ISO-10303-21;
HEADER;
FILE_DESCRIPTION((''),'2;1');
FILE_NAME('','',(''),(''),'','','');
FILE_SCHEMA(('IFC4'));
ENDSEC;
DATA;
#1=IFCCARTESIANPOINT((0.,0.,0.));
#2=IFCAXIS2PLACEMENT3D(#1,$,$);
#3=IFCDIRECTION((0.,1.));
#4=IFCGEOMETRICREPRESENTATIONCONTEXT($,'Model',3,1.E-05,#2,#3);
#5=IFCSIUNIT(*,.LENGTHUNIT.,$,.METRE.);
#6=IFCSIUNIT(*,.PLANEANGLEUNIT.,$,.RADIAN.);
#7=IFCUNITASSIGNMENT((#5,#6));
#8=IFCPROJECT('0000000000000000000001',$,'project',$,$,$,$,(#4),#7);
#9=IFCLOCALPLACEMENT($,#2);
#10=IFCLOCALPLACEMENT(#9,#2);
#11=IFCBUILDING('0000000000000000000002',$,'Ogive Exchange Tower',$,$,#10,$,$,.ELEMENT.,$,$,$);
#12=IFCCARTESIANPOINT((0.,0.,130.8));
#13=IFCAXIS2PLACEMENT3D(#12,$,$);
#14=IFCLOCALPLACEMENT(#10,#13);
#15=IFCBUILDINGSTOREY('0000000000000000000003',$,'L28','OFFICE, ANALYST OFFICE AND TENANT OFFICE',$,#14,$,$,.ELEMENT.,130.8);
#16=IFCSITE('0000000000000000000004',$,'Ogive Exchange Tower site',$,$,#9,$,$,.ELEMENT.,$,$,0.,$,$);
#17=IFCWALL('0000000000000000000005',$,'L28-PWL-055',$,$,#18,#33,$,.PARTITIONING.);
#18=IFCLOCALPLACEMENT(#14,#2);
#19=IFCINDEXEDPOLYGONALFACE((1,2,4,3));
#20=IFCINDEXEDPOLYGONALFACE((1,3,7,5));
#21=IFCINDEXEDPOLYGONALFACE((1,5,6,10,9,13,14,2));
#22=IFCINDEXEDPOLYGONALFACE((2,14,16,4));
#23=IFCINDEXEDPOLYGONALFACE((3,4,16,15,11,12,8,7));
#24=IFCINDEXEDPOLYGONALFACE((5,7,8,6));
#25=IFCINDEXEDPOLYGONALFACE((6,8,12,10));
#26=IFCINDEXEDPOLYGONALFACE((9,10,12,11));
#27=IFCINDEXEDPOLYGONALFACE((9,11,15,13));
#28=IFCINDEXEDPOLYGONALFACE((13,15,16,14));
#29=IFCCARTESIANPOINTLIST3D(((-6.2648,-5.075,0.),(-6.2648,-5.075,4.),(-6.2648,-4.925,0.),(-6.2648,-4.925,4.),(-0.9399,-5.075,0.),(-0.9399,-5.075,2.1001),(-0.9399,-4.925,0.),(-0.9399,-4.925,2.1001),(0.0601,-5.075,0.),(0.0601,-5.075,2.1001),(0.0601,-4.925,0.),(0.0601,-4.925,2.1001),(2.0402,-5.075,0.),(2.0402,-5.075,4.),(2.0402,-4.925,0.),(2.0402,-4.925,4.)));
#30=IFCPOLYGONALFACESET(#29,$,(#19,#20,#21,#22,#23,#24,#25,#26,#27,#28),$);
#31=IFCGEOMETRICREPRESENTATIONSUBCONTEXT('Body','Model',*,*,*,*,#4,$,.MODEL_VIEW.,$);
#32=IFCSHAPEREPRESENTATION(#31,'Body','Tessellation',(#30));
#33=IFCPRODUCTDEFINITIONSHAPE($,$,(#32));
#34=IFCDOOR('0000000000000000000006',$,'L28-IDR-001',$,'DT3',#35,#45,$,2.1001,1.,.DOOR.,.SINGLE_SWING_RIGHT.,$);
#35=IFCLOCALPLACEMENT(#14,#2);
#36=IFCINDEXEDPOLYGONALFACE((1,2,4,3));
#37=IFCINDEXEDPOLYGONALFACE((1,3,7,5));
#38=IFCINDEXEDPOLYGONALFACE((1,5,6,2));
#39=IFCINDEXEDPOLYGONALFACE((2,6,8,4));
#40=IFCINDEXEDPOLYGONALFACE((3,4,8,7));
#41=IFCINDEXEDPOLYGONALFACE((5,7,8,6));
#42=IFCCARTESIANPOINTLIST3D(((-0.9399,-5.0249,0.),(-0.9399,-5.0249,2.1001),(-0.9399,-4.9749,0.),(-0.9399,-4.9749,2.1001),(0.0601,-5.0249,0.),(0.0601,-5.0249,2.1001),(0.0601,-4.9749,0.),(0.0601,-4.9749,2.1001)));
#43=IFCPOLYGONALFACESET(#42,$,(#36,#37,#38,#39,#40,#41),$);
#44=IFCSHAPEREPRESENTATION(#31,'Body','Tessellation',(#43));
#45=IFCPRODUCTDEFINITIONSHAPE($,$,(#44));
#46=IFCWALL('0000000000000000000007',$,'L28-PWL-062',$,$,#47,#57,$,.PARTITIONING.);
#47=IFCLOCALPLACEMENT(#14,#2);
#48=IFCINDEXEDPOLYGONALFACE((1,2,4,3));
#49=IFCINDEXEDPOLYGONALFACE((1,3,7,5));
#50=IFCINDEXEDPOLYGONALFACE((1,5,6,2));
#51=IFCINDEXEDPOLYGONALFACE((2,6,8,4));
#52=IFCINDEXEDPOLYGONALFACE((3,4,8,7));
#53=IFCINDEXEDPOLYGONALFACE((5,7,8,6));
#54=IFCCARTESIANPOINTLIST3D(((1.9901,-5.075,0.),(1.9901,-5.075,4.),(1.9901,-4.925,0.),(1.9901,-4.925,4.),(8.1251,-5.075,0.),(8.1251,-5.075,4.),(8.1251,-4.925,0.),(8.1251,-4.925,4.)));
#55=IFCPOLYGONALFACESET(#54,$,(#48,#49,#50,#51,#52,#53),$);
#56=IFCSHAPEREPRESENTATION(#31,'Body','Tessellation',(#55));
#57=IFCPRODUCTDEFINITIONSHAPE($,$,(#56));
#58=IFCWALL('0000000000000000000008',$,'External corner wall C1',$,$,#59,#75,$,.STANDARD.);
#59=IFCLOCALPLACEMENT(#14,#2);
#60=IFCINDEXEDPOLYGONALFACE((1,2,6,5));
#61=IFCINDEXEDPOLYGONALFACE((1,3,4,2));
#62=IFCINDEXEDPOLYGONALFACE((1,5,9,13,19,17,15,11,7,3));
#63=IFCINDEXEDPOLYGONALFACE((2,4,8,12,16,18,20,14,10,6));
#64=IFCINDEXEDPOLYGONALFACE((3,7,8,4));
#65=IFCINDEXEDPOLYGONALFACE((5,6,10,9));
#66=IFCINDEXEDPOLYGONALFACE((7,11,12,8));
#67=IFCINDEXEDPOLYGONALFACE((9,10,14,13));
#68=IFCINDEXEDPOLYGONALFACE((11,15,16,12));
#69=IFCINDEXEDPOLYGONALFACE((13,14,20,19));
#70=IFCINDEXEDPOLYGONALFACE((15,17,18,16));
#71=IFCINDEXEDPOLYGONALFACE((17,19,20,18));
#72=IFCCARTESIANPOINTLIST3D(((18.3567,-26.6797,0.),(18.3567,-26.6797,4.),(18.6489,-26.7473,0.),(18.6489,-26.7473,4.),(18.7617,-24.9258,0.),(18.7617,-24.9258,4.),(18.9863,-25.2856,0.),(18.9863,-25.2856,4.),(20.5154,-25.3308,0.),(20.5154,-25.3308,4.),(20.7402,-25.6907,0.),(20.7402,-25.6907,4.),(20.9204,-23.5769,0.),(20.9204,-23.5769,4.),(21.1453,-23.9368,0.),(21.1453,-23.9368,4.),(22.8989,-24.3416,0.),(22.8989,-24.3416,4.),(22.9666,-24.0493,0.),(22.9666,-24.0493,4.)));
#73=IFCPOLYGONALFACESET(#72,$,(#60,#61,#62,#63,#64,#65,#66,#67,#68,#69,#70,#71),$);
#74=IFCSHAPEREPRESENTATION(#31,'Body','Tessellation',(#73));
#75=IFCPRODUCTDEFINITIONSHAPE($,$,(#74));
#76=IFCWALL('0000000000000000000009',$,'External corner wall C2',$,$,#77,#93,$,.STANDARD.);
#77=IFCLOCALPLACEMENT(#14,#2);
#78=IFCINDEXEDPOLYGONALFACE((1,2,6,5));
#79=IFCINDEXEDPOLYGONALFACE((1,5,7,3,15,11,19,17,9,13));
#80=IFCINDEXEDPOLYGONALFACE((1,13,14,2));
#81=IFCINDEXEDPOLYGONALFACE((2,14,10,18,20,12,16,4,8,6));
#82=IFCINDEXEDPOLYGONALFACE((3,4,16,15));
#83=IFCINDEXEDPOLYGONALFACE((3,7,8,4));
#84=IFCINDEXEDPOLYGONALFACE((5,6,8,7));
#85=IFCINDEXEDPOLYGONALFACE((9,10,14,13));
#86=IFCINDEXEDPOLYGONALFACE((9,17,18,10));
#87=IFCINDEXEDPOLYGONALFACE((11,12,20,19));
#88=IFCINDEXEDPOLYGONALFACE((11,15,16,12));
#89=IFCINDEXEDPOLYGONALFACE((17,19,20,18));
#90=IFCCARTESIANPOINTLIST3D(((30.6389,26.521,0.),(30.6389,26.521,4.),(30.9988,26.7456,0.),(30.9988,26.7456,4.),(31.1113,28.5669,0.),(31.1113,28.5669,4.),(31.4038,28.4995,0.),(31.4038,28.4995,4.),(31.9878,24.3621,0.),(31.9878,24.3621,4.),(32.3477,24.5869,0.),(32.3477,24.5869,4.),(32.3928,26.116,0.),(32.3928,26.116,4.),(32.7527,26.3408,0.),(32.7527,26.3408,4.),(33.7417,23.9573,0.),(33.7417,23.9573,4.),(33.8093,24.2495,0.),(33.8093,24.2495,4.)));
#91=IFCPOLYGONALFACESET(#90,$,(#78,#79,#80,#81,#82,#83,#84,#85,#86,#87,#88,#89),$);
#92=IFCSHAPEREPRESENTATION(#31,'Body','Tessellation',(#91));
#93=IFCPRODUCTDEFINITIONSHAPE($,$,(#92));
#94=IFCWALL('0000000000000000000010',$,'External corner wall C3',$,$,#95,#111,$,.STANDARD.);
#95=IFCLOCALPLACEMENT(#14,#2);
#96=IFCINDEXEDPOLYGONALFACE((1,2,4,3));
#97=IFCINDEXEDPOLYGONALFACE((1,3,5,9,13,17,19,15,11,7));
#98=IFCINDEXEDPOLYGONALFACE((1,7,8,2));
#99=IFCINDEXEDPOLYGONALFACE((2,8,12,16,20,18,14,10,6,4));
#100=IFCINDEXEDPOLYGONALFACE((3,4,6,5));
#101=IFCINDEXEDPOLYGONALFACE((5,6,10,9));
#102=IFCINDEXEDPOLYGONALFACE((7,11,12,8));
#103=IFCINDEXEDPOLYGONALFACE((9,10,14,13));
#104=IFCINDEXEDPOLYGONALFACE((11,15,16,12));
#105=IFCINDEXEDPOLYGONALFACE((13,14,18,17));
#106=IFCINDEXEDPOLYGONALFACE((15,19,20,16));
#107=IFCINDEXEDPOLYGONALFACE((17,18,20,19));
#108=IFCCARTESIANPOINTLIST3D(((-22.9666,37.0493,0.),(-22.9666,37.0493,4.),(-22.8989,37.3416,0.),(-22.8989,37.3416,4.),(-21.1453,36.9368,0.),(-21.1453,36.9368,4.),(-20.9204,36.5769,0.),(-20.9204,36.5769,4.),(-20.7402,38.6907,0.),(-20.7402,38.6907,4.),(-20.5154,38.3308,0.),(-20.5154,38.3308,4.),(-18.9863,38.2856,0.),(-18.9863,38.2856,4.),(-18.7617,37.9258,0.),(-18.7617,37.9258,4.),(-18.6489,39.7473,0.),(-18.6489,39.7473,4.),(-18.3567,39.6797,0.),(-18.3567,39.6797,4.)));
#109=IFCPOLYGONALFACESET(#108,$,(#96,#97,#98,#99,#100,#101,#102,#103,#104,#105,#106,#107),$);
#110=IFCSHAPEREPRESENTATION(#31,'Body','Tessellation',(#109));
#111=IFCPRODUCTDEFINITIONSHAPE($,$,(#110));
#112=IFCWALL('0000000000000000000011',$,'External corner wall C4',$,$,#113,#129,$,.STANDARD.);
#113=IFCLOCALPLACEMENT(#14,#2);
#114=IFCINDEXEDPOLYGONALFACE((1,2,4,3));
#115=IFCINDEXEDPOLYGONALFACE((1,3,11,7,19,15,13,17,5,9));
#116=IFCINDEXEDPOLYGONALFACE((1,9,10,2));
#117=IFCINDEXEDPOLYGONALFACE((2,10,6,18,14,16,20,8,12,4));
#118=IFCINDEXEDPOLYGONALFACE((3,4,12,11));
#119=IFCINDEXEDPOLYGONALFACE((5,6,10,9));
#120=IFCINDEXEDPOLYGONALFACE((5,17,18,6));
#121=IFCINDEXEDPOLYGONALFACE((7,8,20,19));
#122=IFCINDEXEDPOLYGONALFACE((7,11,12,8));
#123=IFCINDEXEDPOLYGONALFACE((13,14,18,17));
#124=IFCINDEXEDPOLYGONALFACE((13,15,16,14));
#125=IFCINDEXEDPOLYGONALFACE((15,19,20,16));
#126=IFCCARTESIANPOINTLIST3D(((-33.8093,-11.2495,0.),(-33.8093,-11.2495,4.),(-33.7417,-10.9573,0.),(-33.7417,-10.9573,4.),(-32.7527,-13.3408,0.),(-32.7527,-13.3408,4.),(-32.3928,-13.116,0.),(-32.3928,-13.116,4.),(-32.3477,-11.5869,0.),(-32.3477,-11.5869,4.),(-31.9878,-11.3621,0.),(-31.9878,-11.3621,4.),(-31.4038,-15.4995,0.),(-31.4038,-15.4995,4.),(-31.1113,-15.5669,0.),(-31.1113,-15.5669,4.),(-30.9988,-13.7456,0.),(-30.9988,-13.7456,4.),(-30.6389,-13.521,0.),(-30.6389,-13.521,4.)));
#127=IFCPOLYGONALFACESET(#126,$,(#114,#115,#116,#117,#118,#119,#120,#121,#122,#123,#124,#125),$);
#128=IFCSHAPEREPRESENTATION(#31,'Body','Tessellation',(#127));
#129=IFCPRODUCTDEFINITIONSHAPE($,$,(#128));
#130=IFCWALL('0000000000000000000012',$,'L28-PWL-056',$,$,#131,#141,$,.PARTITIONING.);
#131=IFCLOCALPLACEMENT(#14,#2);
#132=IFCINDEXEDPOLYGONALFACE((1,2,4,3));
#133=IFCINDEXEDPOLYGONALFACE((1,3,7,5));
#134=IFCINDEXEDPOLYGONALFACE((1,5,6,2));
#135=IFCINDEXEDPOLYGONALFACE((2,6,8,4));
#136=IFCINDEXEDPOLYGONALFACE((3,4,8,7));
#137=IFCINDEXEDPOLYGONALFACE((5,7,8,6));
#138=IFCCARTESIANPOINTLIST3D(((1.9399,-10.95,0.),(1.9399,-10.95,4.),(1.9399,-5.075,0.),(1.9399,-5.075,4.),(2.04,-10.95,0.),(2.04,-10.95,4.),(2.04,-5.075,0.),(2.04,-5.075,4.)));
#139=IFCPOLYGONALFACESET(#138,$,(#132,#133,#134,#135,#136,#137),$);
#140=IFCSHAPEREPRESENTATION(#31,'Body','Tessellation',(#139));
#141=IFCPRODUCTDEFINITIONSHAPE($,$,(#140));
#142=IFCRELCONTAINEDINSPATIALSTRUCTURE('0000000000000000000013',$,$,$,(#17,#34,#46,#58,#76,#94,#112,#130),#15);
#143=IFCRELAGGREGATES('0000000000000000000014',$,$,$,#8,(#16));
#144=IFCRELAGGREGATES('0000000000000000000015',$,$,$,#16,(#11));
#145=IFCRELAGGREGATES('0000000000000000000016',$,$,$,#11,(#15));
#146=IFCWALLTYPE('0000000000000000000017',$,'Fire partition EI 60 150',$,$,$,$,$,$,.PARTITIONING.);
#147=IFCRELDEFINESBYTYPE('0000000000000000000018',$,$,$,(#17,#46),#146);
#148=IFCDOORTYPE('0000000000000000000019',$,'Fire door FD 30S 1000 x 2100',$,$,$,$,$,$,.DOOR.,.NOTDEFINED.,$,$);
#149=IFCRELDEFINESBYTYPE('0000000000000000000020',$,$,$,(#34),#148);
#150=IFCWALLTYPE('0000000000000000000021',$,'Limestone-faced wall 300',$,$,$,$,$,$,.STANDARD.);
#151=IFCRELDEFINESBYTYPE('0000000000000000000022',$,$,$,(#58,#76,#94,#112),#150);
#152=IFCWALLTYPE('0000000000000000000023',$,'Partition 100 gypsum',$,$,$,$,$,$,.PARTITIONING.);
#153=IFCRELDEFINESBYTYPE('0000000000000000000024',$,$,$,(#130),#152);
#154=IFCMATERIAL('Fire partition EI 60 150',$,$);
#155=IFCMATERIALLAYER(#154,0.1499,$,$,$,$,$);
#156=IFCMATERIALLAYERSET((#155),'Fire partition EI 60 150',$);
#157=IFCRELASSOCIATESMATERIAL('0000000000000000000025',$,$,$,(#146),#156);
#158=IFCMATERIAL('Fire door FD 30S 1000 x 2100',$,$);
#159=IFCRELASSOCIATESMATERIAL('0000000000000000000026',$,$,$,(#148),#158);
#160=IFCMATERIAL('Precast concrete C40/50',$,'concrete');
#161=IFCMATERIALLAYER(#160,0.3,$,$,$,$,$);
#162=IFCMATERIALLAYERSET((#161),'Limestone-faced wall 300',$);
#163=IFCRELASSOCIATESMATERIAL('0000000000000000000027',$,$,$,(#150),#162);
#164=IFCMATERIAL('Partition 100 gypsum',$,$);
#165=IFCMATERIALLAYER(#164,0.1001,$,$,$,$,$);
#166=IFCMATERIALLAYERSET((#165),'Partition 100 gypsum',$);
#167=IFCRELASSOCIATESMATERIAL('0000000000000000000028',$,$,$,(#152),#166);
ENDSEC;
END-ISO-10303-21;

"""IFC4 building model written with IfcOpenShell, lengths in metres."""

from ifc_helpers import new_model, si_unit, direction, frame, frame_2d, origin, place, context, subcontext, project, spatial, polyline, rectangle, outline, extrude, material, layer, layer_set, type_object, element, fill, save


model = new_model("IFC4")

# Units and contexts
model_context = context("Model", 3, precision=1e-05, world=origin(), true_north=direction((0.0, 1.0)))
body_context = subcontext(model_context, "Body", "Model", "MODEL_VIEW")
ifc_project = project(units=[si_unit("LENGTHUNIT", "METRE"), si_unit("PLANEANGLEUNIT", "RADIAN")], contexts=[model_context])

# Site, building, storey
site_placement = place(None, origin())
site = spatial("IfcSite", under=ifc_project, at=site_placement, Name="Ogive Exchange Tower site", CompositionType="ELEMENT", RefElevation=0.0)
building_placement = place(site_placement, origin())
building = spatial("IfcBuilding", under=site, at=building_placement, Name="Ogive Exchange Tower", CompositionType="ELEMENT")
storey_placement = place(building_placement, frame((0.0, 0.0, 130.8)))
storey = spatial("IfcBuildingStorey", under=building, at=storey_placement, Name="L28", Description="OFFICE, ANALYST OFFICE AND TENANT OFFICE", CompositionType="ELEMENT", Elevation=130.8)

# Wall, opening, door
ifc_material_1 = material(Name="Fire partition EI 60 150")
ifc_layer_1 = layer(ifc_material_1, 0.1499)
ifc_layer_set_1 = layer_set([ifc_layer_1], Name="Fire partition EI 60 150")
wall_type_1 = type_object("IfcWallType", Name="Fire partition EI 60 150", PredefinedType="PARTITIONING", material=ifc_layer_set_1)
wall_1_placement = place(storey_placement, frame((2.04, -5.0, 0.0), z_axis=(0.0, 0.0, 1.0), x_axis=(-1.0, 0.0, 0.0)))
wall_1 = element("IfcWall", 1, at=wall_1_placement, inside=storey, type_object=wall_type_1, Name="L28-PWL-055", PredefinedType="PARTITIONING", context=body_context, shape_type="SweptSolid", body=[
    extrude(rectangle(XDim=8.3049, YDim=0.1499, at=frame_2d((4.1523, 0.0))), origin(), (0.0, 0.0, 1.0), 4.0),
])
opening_1_placement = place(wall_1_placement, frame((1.98, 0.0, 0.0)))
opening_1 = element("IfcOpeningElement", 2, at=opening_1_placement, cuts=wall_1, PredefinedType="OPENING", context=body_context, shape_type="SweptSolid", body=[
    extrude(rectangle(XDim=1.0, YDim=2.1001, at=frame_2d((0.5, 1.05))), frame((0.0, 0.085, 0.0), z_axis=(0.0, -1.0, 0.0), x_axis=(1.0, 0.0, 0.0)), (0.0, 0.0, 1.0), 0.1699),
])
ifc_material_2 = material(Name="Fire door FD 30S 1000 x 2100")
door_type_1 = type_object("IfcDoorType", Name="Fire door FD 30S 1000 x 2100", OperationType="NOTDEFINED", PredefinedType="DOOR", material=ifc_material_2)
door_1_placement = place(opening_1_placement, origin())
door_1 = element("IfcDoor", 3, at=door_1_placement, inside=storey, type_object=door_type_1, Name="L28-IDR-001", ObjectType="DT3", OperationType="SINGLE_SWING_RIGHT", OverallHeight=2.1001, OverallWidth=1.0, PredefinedType="DOOR", context=body_context, shape_type="SweptSolid", body=[
    extrude(rectangle(XDim=1.0, YDim=2.1001, at=frame_2d((0.5, 1.05))), frame((0.0, 0.0249, 0.0), z_axis=(0.0, -1.0, 0.0), x_axis=(1.0, 0.0, 0.0)), (0.0, 0.0, 1.0), 0.05),
])
fill(opening_1, door_1)

# Walls
wall_2_placement = place(storey_placement, frame((8.125, -5.0, 0.0), z_axis=(0.0, 0.0, 1.0), x_axis=(-1.0, 0.0, 0.0)))
element("IfcWall", 4, at=wall_2_placement, inside=storey, type_object=wall_type_1, Name="L28-PWL-062", PredefinedType="PARTITIONING", context=body_context, shape_type="SweptSolid", body=[
    extrude(rectangle(XDim=6.135, YDim=0.1499, at=frame_2d((3.0674, 0.0))), origin(), (0.0, 0.0, 1.0), 4.0),
])
ifc_material_3 = material(Name="Precast concrete C40/50", Category="concrete")
ifc_layer_2 = layer(ifc_material_3, 0.3)
ifc_layer_set_2 = layer_set([ifc_layer_2], Name="Limestone-faced wall 300")
wall_type_2 = type_object("IfcWallType", Name="Limestone-faced wall 300", PredefinedType="STANDARD", material=ifc_layer_set_2)
wall_3_placement = place(storey_placement, origin())
element("IfcWall", 5, at=wall_3_placement, inside=storey, type_object=wall_type_2, Name="External corner wall C1", PredefinedType="STANDARD", context=body_context, shape_type="SweptSolid", body=[
    extrude(outline(polyline([(20.5154, -25.3308), (20.9204, -23.5769), (22.9666, -24.0493), (22.8989, -24.3416), (21.1453, -23.9368), (20.7402, -25.6907), (18.9863, -25.2856), (18.6489, -26.7473), (18.3567, -26.6797), (18.7617, -24.9258), (20.5154, -25.3308)])), origin(), (0.0, 0.0, 1.0), 4.0),
])
wall_4_placement = place(storey_placement, origin())
element("IfcWall", 6, at=wall_4_placement, inside=storey, type_object=wall_type_2, Name="External corner wall C2", PredefinedType="STANDARD", context=body_context, shape_type="SweptSolid", body=[
    extrude(outline(polyline([(32.3928, 26.116), (30.6389, 26.521), (31.1113, 28.5669), (31.4038, 28.4995), (30.9988, 26.7456), (32.7527, 26.3408), (32.3477, 24.5869), (33.8093, 24.2495), (33.7417, 23.9573), (31.9878, 24.3621), (32.3928, 26.116)])), origin(), (0.0, 0.0, 1.0), 4.0),
])
wall_5_placement = place(storey_placement, origin())
element("IfcWall", 7, at=wall_5_placement, inside=storey, type_object=wall_type_2, Name="External corner wall C3", PredefinedType="STANDARD", context=body_context, shape_type="SweptSolid", body=[
    extrude(outline(polyline([(-22.9666, 37.0493), (-22.8989, 37.3416), (-21.1453, 36.9368), (-20.7402, 38.6907), (-18.9863, 38.2856), (-18.6489, 39.7473), (-18.3567, 39.6797), (-18.7617, 37.9258), (-20.5154, 38.3308), (-20.9204, 36.5769), (-22.9666, 37.0493)])), origin(), (0.0, 0.0, 1.0), 4.0),
])
wall_6_placement = place(storey_placement, origin())
element("IfcWall", 8, at=wall_6_placement, inside=storey, type_object=wall_type_2, Name="External corner wall C4", PredefinedType="STANDARD", context=body_context, shape_type="SweptSolid", body=[
    extrude(outline(polyline([(-32.3928, -13.116), (-30.6389, -13.521), (-31.1113, -15.5669), (-31.4038, -15.4995), (-30.9988, -13.7456), (-32.7527, -13.3408), (-32.3477, -11.5869), (-33.8093, -11.2495), (-33.7417, -10.9573), (-31.9878, -11.3621), (-32.3928, -13.116)])), origin(), (0.0, 0.0, 1.0), 4.0),
])
ifc_material_4 = material(Name="Partition 100 gypsum")
ifc_layer_3 = layer(ifc_material_4, 0.1001)
ifc_layer_set_3 = layer_set([ifc_layer_3], Name="Partition 100 gypsum")
wall_type_3 = type_object("IfcWallType", Name="Partition 100 gypsum", PredefinedType="PARTITIONING", material=ifc_layer_set_3)
wall_7_placement = place(storey_placement, frame((1.99, -5.075, 0.0), z_axis=(0.0, 0.0, 1.0), x_axis=(0.0, -1.0, 0.0)))
element("IfcWall", 9, at=wall_7_placement, inside=storey, type_object=wall_type_3, Name="L28-PWL-056", PredefinedType="PARTITIONING", context=body_context, shape_type="SweptSolid", body=[
    extrude(rectangle(XDim=5.875, YDim=0.1001, at=frame_2d((2.9375, 0.0))), origin(), (0.0, 0.0, 1.0), 4.0),
])

save(model, "model.ifc")
